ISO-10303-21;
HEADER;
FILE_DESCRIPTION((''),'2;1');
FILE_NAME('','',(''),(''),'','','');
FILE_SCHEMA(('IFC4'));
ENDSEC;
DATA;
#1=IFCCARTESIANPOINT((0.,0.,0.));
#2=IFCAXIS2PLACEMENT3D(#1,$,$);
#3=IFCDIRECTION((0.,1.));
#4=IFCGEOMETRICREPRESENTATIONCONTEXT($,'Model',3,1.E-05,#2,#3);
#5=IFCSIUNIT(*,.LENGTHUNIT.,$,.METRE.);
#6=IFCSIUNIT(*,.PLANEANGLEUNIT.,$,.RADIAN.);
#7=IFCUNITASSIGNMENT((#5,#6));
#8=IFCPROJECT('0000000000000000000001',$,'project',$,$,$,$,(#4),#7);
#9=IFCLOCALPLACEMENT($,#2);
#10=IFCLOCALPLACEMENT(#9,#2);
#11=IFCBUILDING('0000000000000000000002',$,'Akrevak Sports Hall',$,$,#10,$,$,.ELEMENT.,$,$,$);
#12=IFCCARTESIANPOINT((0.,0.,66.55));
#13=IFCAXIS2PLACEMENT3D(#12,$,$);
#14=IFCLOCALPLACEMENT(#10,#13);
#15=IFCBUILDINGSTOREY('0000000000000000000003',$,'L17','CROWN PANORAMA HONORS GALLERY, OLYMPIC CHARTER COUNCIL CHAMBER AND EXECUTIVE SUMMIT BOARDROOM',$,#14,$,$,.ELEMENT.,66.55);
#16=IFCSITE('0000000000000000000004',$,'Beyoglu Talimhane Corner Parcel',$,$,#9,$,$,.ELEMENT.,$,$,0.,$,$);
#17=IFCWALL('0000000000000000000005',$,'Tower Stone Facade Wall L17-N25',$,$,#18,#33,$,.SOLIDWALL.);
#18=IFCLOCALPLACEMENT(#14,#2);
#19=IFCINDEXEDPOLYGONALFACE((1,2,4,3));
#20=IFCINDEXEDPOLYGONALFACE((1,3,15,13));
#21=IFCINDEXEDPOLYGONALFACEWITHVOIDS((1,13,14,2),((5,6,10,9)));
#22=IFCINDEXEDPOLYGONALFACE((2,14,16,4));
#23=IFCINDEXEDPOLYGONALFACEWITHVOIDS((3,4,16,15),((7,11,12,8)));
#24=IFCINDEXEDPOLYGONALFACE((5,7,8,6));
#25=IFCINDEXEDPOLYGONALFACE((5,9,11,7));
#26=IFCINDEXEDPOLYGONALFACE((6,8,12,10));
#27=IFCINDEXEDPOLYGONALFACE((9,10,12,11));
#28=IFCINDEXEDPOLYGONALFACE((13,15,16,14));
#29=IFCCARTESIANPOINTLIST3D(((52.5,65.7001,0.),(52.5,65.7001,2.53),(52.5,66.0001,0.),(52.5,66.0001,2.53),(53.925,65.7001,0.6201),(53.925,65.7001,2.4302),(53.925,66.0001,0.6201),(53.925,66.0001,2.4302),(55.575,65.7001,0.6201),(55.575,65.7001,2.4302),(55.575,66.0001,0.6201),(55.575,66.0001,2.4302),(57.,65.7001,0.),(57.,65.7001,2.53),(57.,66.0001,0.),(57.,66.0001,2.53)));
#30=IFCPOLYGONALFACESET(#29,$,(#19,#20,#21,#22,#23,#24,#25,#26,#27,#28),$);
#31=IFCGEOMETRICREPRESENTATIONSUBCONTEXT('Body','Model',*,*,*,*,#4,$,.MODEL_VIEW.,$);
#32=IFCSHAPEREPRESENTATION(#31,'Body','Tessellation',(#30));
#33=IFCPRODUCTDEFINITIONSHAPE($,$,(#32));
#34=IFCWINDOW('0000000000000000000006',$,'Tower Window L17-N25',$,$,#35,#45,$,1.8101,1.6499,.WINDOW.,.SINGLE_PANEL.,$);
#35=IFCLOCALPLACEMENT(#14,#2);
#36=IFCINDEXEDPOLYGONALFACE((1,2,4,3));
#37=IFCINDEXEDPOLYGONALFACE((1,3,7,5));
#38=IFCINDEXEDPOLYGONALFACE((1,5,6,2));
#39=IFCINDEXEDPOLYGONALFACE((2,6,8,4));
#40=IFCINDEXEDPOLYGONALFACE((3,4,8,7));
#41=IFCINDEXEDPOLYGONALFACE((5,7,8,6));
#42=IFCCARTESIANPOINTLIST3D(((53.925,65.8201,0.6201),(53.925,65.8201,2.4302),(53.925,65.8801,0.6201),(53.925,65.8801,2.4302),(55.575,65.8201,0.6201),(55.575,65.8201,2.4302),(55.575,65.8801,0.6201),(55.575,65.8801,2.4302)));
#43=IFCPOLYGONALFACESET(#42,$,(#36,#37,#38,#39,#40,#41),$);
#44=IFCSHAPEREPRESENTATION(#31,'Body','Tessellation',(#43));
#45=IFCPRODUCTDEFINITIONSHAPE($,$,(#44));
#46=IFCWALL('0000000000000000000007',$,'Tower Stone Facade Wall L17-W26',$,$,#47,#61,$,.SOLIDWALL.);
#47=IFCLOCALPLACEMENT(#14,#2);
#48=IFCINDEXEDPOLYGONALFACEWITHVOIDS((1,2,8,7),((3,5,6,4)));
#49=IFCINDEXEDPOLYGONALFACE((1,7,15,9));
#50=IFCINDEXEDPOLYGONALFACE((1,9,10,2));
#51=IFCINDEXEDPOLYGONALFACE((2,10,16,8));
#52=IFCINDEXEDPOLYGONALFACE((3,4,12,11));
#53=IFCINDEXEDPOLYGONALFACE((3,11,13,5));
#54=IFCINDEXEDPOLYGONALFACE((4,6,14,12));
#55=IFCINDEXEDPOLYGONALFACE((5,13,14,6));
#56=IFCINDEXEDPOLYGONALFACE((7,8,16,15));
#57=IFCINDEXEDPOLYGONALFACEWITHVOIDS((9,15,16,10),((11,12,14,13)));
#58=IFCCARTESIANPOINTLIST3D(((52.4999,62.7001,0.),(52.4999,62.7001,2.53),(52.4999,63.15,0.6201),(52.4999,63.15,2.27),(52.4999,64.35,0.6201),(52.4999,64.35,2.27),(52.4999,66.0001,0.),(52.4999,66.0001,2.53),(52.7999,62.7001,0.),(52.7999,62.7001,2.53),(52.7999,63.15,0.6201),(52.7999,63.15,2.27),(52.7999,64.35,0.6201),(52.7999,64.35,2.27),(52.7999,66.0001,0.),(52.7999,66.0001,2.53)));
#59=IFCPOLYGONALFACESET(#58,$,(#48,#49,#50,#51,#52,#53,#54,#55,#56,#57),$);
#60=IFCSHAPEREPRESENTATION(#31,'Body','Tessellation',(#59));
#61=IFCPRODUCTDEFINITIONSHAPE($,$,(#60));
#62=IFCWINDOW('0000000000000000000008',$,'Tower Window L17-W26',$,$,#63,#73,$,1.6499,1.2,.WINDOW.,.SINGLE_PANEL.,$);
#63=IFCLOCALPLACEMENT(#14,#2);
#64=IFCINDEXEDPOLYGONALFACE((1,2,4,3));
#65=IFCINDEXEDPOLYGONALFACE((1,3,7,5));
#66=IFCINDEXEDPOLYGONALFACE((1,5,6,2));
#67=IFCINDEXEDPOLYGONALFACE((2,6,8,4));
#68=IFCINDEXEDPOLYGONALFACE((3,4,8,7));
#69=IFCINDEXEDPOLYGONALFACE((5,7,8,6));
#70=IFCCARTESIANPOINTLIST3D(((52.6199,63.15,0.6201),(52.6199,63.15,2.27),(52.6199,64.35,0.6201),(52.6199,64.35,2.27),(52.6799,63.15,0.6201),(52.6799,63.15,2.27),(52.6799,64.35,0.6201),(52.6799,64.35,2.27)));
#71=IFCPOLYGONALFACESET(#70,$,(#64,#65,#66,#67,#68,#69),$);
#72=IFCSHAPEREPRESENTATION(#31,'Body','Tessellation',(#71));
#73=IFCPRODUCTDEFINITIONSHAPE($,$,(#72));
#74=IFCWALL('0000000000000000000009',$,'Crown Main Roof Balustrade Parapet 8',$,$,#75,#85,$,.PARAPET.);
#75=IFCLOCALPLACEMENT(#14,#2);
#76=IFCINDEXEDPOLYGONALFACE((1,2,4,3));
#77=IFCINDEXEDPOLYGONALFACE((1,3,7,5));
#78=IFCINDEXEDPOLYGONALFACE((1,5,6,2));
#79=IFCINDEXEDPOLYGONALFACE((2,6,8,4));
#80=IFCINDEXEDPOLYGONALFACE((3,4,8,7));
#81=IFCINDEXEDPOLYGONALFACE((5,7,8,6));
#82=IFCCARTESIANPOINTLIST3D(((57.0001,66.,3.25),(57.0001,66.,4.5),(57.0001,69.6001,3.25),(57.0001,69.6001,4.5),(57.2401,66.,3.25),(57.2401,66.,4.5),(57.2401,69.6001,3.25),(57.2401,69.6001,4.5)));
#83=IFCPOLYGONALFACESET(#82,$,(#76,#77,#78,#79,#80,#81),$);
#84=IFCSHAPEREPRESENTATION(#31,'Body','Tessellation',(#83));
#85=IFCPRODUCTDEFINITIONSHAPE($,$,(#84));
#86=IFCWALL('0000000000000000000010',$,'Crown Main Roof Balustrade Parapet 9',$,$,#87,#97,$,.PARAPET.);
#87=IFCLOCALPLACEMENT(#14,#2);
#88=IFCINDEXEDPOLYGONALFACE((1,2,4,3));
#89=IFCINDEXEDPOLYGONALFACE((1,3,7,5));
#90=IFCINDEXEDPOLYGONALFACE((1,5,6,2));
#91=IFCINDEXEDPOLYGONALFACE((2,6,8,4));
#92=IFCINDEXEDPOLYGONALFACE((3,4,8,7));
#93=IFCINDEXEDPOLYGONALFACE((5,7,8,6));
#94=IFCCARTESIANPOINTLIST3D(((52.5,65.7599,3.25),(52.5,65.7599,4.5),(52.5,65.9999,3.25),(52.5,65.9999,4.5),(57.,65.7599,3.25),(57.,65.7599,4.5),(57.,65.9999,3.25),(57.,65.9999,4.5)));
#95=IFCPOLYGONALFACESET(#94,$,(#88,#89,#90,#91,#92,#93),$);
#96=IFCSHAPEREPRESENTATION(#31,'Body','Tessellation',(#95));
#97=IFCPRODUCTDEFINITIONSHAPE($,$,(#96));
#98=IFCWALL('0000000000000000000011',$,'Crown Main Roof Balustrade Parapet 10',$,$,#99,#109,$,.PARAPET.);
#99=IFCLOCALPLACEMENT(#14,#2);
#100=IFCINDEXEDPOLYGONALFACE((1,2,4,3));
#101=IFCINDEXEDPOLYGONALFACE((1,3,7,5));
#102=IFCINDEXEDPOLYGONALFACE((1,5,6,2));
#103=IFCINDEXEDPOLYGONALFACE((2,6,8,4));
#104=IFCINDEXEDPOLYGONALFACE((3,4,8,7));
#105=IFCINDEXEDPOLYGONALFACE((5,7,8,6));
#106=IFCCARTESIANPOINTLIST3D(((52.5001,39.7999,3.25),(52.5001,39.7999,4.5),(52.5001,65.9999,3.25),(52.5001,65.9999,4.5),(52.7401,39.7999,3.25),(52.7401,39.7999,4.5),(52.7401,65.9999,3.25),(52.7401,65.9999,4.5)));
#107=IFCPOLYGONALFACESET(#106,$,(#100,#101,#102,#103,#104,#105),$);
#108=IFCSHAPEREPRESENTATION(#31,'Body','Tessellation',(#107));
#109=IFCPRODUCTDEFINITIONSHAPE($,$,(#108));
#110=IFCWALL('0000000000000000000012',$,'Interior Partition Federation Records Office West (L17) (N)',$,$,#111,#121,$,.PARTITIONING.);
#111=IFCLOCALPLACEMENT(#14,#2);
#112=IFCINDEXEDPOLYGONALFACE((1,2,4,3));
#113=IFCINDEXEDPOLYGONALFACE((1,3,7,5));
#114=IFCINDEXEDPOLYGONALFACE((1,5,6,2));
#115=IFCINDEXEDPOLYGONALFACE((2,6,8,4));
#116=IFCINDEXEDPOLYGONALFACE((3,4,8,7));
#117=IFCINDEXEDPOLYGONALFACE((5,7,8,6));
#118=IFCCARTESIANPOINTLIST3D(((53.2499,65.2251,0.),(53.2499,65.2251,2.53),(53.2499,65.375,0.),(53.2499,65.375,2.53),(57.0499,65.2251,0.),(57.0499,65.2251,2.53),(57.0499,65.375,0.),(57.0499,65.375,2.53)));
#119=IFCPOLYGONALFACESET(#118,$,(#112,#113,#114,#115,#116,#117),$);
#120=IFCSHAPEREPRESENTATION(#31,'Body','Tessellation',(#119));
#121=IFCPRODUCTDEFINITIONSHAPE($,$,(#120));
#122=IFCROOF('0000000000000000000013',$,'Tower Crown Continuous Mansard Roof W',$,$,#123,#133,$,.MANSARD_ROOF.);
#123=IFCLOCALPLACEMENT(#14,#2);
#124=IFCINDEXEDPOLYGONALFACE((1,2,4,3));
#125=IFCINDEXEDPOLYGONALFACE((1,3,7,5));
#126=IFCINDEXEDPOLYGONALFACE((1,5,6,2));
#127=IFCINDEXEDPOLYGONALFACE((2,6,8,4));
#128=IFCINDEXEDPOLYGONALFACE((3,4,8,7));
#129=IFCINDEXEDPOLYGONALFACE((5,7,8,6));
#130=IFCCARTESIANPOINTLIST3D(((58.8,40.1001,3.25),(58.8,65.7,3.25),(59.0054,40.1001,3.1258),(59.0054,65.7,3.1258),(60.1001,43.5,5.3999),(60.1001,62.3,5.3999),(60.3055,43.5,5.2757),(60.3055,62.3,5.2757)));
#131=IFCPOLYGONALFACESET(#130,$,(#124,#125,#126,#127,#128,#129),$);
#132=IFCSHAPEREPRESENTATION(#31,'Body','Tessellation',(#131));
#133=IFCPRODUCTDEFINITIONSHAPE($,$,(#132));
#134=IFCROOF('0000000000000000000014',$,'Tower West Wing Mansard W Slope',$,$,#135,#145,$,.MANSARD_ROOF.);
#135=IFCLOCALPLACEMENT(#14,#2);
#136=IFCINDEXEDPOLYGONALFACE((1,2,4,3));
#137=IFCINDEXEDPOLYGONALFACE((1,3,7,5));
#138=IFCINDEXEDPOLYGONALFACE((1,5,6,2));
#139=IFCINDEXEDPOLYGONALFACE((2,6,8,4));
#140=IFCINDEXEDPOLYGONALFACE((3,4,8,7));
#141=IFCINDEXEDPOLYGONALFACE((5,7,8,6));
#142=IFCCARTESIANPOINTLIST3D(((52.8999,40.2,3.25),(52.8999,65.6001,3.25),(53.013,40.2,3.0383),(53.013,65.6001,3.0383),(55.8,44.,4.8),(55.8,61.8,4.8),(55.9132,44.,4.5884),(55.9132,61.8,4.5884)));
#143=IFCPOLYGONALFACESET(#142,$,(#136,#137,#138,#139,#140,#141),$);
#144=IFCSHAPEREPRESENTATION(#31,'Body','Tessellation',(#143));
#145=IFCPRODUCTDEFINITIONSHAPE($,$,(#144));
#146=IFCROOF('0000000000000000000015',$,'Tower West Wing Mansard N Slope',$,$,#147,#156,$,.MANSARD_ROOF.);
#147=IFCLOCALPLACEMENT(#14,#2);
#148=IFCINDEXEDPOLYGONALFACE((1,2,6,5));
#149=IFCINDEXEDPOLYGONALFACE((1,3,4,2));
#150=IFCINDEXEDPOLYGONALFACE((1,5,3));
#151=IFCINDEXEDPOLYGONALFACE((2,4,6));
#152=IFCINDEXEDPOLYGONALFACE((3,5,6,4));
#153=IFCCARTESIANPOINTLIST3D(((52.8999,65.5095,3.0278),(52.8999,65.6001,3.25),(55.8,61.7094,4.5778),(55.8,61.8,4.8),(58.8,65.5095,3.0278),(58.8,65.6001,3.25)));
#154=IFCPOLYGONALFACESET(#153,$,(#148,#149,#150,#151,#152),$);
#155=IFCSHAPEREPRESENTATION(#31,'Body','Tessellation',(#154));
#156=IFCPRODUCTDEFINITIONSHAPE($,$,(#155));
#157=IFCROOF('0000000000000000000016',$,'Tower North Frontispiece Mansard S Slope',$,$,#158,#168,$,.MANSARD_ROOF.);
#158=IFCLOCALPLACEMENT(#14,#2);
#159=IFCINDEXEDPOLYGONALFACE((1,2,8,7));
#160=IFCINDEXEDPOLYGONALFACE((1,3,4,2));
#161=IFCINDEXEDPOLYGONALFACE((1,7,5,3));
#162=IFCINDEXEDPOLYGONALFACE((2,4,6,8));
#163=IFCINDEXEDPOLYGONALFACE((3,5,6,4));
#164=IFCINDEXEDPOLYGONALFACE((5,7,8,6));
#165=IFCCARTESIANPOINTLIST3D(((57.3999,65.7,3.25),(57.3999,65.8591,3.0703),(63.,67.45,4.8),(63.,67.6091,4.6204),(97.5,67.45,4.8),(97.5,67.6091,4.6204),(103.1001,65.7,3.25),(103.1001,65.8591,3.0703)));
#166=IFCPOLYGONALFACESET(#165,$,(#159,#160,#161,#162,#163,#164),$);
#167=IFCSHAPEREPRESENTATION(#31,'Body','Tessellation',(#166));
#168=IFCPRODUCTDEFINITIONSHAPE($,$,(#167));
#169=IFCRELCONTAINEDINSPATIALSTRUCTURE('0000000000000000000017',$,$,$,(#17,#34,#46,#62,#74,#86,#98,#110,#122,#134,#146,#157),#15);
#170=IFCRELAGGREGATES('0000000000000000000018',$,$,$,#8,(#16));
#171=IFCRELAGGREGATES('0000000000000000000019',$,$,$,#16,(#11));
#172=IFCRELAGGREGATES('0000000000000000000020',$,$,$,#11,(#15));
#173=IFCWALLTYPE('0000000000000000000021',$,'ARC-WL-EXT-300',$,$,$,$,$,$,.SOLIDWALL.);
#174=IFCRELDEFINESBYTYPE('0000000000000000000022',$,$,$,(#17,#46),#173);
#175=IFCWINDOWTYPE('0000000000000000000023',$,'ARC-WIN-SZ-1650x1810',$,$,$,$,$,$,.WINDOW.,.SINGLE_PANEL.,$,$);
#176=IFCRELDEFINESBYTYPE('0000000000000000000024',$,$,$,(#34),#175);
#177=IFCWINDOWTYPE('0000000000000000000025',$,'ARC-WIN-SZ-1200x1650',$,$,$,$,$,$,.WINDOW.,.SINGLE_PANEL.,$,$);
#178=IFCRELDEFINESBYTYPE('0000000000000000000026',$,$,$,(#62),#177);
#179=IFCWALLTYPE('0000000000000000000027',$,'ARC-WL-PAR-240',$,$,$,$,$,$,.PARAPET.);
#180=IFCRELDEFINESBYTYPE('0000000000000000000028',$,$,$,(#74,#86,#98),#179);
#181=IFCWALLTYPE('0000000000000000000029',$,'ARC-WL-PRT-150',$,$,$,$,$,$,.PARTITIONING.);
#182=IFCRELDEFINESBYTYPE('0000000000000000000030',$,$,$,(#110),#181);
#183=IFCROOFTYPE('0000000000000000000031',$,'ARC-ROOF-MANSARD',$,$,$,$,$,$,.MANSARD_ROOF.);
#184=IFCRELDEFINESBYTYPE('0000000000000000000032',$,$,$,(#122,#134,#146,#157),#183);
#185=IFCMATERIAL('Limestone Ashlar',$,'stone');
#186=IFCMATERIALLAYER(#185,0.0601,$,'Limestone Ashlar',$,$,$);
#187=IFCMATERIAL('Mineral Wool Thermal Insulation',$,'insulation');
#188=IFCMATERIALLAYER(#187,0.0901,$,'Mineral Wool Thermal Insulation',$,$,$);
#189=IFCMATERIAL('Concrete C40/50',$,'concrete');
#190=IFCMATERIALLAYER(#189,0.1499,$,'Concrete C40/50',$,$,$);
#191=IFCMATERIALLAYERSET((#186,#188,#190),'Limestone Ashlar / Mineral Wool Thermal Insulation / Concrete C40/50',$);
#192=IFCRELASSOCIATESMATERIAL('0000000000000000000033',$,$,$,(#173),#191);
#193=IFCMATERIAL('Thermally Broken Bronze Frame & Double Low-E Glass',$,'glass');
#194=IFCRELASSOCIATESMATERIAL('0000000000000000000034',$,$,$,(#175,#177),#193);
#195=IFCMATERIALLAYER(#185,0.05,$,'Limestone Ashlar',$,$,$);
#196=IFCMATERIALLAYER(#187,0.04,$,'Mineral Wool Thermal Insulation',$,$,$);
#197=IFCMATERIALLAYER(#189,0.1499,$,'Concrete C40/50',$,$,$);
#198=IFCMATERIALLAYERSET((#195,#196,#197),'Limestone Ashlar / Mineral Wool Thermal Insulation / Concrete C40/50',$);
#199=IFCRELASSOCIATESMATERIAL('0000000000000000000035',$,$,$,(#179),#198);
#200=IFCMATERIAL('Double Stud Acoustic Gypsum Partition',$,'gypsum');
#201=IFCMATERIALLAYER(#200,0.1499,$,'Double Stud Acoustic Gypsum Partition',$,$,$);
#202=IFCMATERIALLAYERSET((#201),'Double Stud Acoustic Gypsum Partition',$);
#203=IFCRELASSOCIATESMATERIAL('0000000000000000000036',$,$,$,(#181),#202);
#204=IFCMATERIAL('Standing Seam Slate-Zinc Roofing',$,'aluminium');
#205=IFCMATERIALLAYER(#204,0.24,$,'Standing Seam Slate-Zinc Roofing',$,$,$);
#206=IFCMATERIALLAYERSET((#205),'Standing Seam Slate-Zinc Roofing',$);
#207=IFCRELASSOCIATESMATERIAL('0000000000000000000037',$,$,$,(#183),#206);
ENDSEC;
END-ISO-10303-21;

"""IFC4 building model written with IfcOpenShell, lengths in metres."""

from ifc_helpers import new_model, si_unit, direction, frame, frame_2d, origin, place, context, subcontext, project, spatial, polyline, rectangle, outline, extrude, material, layer, layer_set, type_object, element, fill, save


model = new_model("IFC4")

# Units and contexts
model_context = context("Model", 3, precision=1e-05, world=origin(), true_north=direction((0.0, 1.0)))
body_context = subcontext(model_context, "Body", "Model", "MODEL_VIEW")
ifc_project = project(units=[si_unit("LENGTHUNIT", "METRE"), si_unit("PLANEANGLEUNIT", "RADIAN")], contexts=[model_context])

# Site, building, storey
site_placement = place(None, origin())
site = spatial("IfcSite", under=ifc_project, at=site_placement, Name="Beyoglu Talimhane Corner Parcel", CompositionType="ELEMENT", RefElevation=0.0)
building_placement = place(site_placement, origin())
building = spatial("IfcBuilding", under=site, at=building_placement, Name="Akrevak Sports Hall", CompositionType="ELEMENT")
storey_placement = place(building_placement, frame((0.0, 0.0, 66.55)))
storey = spatial("IfcBuildingStorey", under=building, at=storey_placement, Name="L17", Description="CROWN PANORAMA HONORS GALLERY, OLYMPIC CHARTER COUNCIL CHAMBER AND EXECUTIVE SUMMIT BOARDROOM", CompositionType="ELEMENT", Elevation=66.55)

# Shared definitions
ifc_material_1 = material(Name="Concrete C40/50", Category="concrete")

# Shared definitions
ifc_material_2 = material(Name="Limestone Ashlar", Category="stone")
ifc_layer_1 = layer(ifc_material_2, 0.0601, Name="Limestone Ashlar")
ifc_material_3 = material(Name="Mineral Wool Thermal Insulation", Category="insulation")
ifc_layer_2 = layer(ifc_material_3, 0.0901, Name="Mineral Wool Thermal Insulation")
ifc_layer_3 = layer(ifc_material_1, 0.1499, Name="Concrete C40/50")
ifc_layer_set_1 = layer_set([ifc_layer_1, ifc_layer_2, ifc_layer_3], Name="Limestone Ashlar / Mineral Wool Thermal Insulation / Concrete C40/50")
wall_type_1 = type_object("IfcWallType", Name="ARC-WL-EXT-300", PredefinedType="SOLIDWALL", material=ifc_layer_set_1)

# Walls, openings, windows
wall_1_placement = place(storey_placement, frame((57.0, 65.8501, 0.0), z_axis=(0.0, 0.0, 1.0), x_axis=(-1.0, 0.0, 0.0)))
wall_1 = element("IfcWall", 1, at=wall_1_placement, inside=storey, type_object=wall_type_1, Name="Tower Stone Facade Wall L17-N25", PredefinedType="SOLIDWALL", context=body_context, shape_type="SweptSolid", body=[
    extrude(rectangle(XDim=4.5, YDim=0.3, at=frame_2d((2.25, 0.0))), origin(), (0.0, 0.0, 1.0), 2.53),
])
opening_1_placement = place(wall_1_placement, frame((1.425, 0.0, 0.6201)))
opening_1 = element("IfcOpeningElement", 2, at=opening_1_placement, cuts=wall_1, PredefinedType="OPENING", context=body_context, shape_type="SweptSolid", body=[
    extrude(rectangle(XDim=1.6499, YDim=1.8101, at=frame_2d((0.825, 0.905))), frame((0.0, 0.1621, 0.0), z_axis=(0.0, -1.0, 0.0), x_axis=(1.0, 0.0, 0.0)), (0.0, 0.0, 1.0), 0.324),
])
ifc_material_4 = material(Name="Thermally Broken Bronze Frame & Double Low-E Glass", Category="glass")
window_type_1 = type_object("IfcWindowType", Name="ARC-WIN-SZ-1650x1810", PartitioningType="SINGLE_PANEL", PredefinedType="WINDOW", material=ifc_material_4)
window_1_placement = place(opening_1_placement, origin())
window_1 = element("IfcWindow", 3, at=window_1_placement, inside=storey, type_object=window_type_1, Name="Tower Window L17-N25", OverallHeight=1.8101, OverallWidth=1.6499, PartitioningType="SINGLE_PANEL", PredefinedType="WINDOW", context=body_context, shape_type="SweptSolid", body=[
    extrude(rectangle(XDim=1.6499, YDim=1.8101, at=frame_2d((0.825, 0.905))), frame((0.0, 0.03, 0.0), z_axis=(0.0, -1.0, 0.0), x_axis=(1.0, 0.0, 0.0)), (0.0, 0.0, 1.0), 0.0601),
])
fill(opening_1, window_1)
wall_2_placement = place(storey_placement, frame((52.6499, 66.0, 0.0), z_axis=(0.0, 0.0, 1.0), x_axis=(0.0, -1.0, 0.0)))
wall_2 = element("IfcWall", 4, at=wall_2_placement, inside=storey, type_object=wall_type_1, Name="Tower Stone Facade Wall L17-W26", PredefinedType="SOLIDWALL", context=body_context, shape_type="SweptSolid", body=[
    extrude(rectangle(XDim=3.3, YDim=0.3, at=frame_2d((1.6499, 0.0))), origin(), (0.0, 0.0, 1.0), 2.53),
])
opening_2_placement = place(wall_2_placement, frame((1.6499, 0.0, 0.6201)))
opening_2 = element("IfcOpeningElement", 5, at=opening_2_placement, cuts=wall_2, PredefinedType="OPENING", context=body_context, shape_type="SweptSolid", body=[
    extrude(rectangle(XDim=1.2, YDim=1.6499, at=frame_2d((0.6001, 0.825))), frame((0.0, 0.1621, 0.0), z_axis=(0.0, -1.0, 0.0), x_axis=(1.0, 0.0, 0.0)), (0.0, 0.0, 1.0), 0.324),
])
window_type_2 = type_object("IfcWindowType", Name="ARC-WIN-SZ-1200x1650", PartitioningType="SINGLE_PANEL", PredefinedType="WINDOW", material=ifc_material_4)
window_2_placement = place(opening_2_placement, origin())
window_2 = element("IfcWindow", 6, at=window_2_placement, inside=storey, type_object=window_type_2, Name="Tower Window L17-W26", OverallHeight=1.6499, OverallWidth=1.2, PartitioningType="SINGLE_PANEL", PredefinedType="WINDOW", context=body_context, shape_type="SweptSolid", body=[
    extrude(rectangle(XDim=1.2, YDim=1.6499, at=frame_2d((0.6001, 0.825))), frame((0.0, 0.03, 0.0), z_axis=(0.0, -1.0, 0.0), x_axis=(1.0, 0.0, 0.0)), (0.0, 0.0, 1.0), 0.0601),
])
fill(opening_2, window_2)

# Walls
ifc_layer_4 = layer(ifc_material_2, 0.05, Name="Limestone Ashlar")
ifc_layer_5 = layer(ifc_material_3, 0.04, Name="Mineral Wool Thermal Insulation")
ifc_layer_6 = layer(ifc_material_1, 0.1499, Name="Concrete C40/50")
ifc_layer_set_2 = layer_set([ifc_layer_4, ifc_layer_5, ifc_layer_6], Name="Limestone Ashlar / Mineral Wool Thermal Insulation / Concrete C40/50")
wall_type_2 = type_object("IfcWallType", Name="ARC-WL-PAR-240", PredefinedType="PARAPET", material=ifc_layer_set_2)
wall_3_placement = place(storey_placement, frame((57.1201, 69.6001, 3.25), z_axis=(0.0, 0.0, 1.0), x_axis=(0.0, -1.0, 0.0)))
element("IfcWall", 7, at=wall_3_placement, inside=storey, type_object=wall_type_2, Name="Crown Main Roof Balustrade Parapet 8", PredefinedType="PARAPET", context=body_context, shape_type="SweptSolid", body=[
    extrude(rectangle(XDim=3.6001, YDim=0.24, at=frame_2d((1.8, 0.0))), origin(), (0.0, 0.0, 1.0), 1.25),
])
wall_4_placement = place(storey_placement, frame((57.0, 65.8799, 3.25), z_axis=(0.0, 0.0, 1.0), x_axis=(-1.0, 0.0, 0.0)))
element("IfcWall", 8, at=wall_4_placement, inside=storey, type_object=wall_type_2, Name="Crown Main Roof Balustrade Parapet 9", PredefinedType="PARAPET", context=body_context, shape_type="SweptSolid", body=[
    extrude(rectangle(XDim=4.5, YDim=0.24, at=frame_2d((2.25, 0.0))), origin(), (0.0, 0.0, 1.0), 1.25),
])
wall_5_placement = place(storey_placement, frame((52.6201, 66.0, 3.25), z_axis=(0.0, 0.0, 1.0), x_axis=(0.0, -1.0, 0.0)))
element("IfcWall", 9, at=wall_5_placement, inside=storey, type_object=wall_type_2, Name="Crown Main Roof Balustrade Parapet 10", PredefinedType="PARAPET", context=body_context, shape_type="SweptSolid", body=[
    extrude(rectangle(XDim=26.2, YDim=0.24, at=frame_2d((13.1001, 0.0))), origin(), (0.0, 0.0, 1.0), 1.25),
])
ifc_material_5 = material(Name="Double Stud Acoustic Gypsum Partition", Category="gypsum")
ifc_layer_7 = layer(ifc_material_5, 0.1499, Name="Double Stud Acoustic Gypsum Partition")
ifc_layer_set_3 = layer_set([ifc_layer_7], Name="Double Stud Acoustic Gypsum Partition")
wall_type_3 = type_object("IfcWallType", Name="ARC-WL-PRT-150", PredefinedType="PARTITIONING", material=ifc_layer_set_3)
wall_6_placement = place(storey_placement, frame((53.25, 65.3, 0.0), z_axis=(0.0, 0.0, 1.0), x_axis=(1.0, 0.0, 0.0)))
element("IfcWall", 10, at=wall_6_placement, inside=storey, type_object=wall_type_3, Name="Interior Partition Federation Records Office West (L17) (N)", PredefinedType="PARTITIONING", context=body_context, shape_type="SweptSolid", body=[
    extrude(rectangle(XDim=3.8, YDim=0.1499, at=frame_2d((1.8999, 0.0))), origin(), (0.0, 0.0, 1.0), 2.53),
])

# Roofs
ifc_material_6 = material(Name="Standing Seam Slate-Zinc Roofing", Category="aluminium")
ifc_layer_8 = layer(ifc_material_6, 0.24, Name="Standing Seam Slate-Zinc Roofing")
ifc_layer_set_4 = layer_set([ifc_layer_8], Name="Standing Seam Slate-Zinc Roofing")
roof_type = type_object("IfcRoofType", Name="ARC-ROOF-MANSARD", PredefinedType="MANSARD_ROOF", material=ifc_layer_set_4)
roof_1_placement = place(storey_placement, frame((58.8, 65.7, 3.25), z_axis=(-0.855713, 0.0, 0.517451), x_axis=(0.0, -1.0, 0.0)))
element("IfcRoof", 11, at=roof_1_placement, inside=storey, type_object=roof_type, Name="Tower Crown Continuous Mansard Roof W", PredefinedType="MANSARD_ROOF", context=body_context, shape_type="SweptSolid", body=[
    extrude(outline(polyline([(0.0, 0.0), (25.5999, 0.0), (22.2, 2.5124), (3.3999, 2.5124), (0.0, 0.0)])), origin(), (0.0, 0.0, -1.0), 0.24),
])
roof_2_placement = place(storey_placement, frame((52.8999, 65.6001, 3.25), z_axis=(-0.47137, 0.0, 0.881935), x_axis=(0.0, -1.0, 0.0)))
element("IfcRoof", 12, at=roof_2_placement, inside=storey, type_object=roof_type, Name="Tower West Wing Mansard W Slope", PredefinedType="MANSARD_ROOF", context=body_context, shape_type="SweptSolid", body=[
    extrude(outline(polyline([(0.0, 0.0), (25.4001, 0.0), (21.6001, 3.2884), (3.8, 3.2884), (0.0, 0.0)])), origin(), (0.0, 0.0, -1.0), 0.24),
])
roof_3_placement = place(storey_placement, frame((58.8, 65.6001, 3.25), z_axis=(0.0, 0.37769, 0.925932), x_axis=(-1.0, 0.0, 0.0)))
element("IfcRoof", 13, at=roof_3_placement, inside=storey, type_object=roof_type, Name="Tower West Wing Mansard N Slope", PredefinedType="MANSARD_ROOF", context=body_context, shape_type="SweptSolid", body=[
    extrude(outline(polyline([(0.0, 0.0), (5.9001, 0.0), (3.0, 4.104), (0.0, 0.0)])), origin(), (0.0, 0.0, -1.0), 0.24),
])
roof_4_placement = place(storey_placement, frame((57.3999, 65.7, 3.25), z_axis=(0.0, -0.663047, 0.748578), x_axis=(1.0, 0.0, 0.0)))
element("IfcRoof", 14, at=roof_4_placement, inside=storey, type_object=roof_type, Name="Tower North Frontispiece Mansard S Slope", PredefinedType="MANSARD_ROOF", context=body_context, shape_type="SweptSolid", body=[
    extrude(outline(polyline([(0.0, 0.0), (45.7002, 0.0), (40.1001, 2.3378), (5.6001, 2.3378), (0.0, 0.0)])), origin(), (0.0, 0.0, -1.0), 0.24),
])

save(model, "model.ifc")
